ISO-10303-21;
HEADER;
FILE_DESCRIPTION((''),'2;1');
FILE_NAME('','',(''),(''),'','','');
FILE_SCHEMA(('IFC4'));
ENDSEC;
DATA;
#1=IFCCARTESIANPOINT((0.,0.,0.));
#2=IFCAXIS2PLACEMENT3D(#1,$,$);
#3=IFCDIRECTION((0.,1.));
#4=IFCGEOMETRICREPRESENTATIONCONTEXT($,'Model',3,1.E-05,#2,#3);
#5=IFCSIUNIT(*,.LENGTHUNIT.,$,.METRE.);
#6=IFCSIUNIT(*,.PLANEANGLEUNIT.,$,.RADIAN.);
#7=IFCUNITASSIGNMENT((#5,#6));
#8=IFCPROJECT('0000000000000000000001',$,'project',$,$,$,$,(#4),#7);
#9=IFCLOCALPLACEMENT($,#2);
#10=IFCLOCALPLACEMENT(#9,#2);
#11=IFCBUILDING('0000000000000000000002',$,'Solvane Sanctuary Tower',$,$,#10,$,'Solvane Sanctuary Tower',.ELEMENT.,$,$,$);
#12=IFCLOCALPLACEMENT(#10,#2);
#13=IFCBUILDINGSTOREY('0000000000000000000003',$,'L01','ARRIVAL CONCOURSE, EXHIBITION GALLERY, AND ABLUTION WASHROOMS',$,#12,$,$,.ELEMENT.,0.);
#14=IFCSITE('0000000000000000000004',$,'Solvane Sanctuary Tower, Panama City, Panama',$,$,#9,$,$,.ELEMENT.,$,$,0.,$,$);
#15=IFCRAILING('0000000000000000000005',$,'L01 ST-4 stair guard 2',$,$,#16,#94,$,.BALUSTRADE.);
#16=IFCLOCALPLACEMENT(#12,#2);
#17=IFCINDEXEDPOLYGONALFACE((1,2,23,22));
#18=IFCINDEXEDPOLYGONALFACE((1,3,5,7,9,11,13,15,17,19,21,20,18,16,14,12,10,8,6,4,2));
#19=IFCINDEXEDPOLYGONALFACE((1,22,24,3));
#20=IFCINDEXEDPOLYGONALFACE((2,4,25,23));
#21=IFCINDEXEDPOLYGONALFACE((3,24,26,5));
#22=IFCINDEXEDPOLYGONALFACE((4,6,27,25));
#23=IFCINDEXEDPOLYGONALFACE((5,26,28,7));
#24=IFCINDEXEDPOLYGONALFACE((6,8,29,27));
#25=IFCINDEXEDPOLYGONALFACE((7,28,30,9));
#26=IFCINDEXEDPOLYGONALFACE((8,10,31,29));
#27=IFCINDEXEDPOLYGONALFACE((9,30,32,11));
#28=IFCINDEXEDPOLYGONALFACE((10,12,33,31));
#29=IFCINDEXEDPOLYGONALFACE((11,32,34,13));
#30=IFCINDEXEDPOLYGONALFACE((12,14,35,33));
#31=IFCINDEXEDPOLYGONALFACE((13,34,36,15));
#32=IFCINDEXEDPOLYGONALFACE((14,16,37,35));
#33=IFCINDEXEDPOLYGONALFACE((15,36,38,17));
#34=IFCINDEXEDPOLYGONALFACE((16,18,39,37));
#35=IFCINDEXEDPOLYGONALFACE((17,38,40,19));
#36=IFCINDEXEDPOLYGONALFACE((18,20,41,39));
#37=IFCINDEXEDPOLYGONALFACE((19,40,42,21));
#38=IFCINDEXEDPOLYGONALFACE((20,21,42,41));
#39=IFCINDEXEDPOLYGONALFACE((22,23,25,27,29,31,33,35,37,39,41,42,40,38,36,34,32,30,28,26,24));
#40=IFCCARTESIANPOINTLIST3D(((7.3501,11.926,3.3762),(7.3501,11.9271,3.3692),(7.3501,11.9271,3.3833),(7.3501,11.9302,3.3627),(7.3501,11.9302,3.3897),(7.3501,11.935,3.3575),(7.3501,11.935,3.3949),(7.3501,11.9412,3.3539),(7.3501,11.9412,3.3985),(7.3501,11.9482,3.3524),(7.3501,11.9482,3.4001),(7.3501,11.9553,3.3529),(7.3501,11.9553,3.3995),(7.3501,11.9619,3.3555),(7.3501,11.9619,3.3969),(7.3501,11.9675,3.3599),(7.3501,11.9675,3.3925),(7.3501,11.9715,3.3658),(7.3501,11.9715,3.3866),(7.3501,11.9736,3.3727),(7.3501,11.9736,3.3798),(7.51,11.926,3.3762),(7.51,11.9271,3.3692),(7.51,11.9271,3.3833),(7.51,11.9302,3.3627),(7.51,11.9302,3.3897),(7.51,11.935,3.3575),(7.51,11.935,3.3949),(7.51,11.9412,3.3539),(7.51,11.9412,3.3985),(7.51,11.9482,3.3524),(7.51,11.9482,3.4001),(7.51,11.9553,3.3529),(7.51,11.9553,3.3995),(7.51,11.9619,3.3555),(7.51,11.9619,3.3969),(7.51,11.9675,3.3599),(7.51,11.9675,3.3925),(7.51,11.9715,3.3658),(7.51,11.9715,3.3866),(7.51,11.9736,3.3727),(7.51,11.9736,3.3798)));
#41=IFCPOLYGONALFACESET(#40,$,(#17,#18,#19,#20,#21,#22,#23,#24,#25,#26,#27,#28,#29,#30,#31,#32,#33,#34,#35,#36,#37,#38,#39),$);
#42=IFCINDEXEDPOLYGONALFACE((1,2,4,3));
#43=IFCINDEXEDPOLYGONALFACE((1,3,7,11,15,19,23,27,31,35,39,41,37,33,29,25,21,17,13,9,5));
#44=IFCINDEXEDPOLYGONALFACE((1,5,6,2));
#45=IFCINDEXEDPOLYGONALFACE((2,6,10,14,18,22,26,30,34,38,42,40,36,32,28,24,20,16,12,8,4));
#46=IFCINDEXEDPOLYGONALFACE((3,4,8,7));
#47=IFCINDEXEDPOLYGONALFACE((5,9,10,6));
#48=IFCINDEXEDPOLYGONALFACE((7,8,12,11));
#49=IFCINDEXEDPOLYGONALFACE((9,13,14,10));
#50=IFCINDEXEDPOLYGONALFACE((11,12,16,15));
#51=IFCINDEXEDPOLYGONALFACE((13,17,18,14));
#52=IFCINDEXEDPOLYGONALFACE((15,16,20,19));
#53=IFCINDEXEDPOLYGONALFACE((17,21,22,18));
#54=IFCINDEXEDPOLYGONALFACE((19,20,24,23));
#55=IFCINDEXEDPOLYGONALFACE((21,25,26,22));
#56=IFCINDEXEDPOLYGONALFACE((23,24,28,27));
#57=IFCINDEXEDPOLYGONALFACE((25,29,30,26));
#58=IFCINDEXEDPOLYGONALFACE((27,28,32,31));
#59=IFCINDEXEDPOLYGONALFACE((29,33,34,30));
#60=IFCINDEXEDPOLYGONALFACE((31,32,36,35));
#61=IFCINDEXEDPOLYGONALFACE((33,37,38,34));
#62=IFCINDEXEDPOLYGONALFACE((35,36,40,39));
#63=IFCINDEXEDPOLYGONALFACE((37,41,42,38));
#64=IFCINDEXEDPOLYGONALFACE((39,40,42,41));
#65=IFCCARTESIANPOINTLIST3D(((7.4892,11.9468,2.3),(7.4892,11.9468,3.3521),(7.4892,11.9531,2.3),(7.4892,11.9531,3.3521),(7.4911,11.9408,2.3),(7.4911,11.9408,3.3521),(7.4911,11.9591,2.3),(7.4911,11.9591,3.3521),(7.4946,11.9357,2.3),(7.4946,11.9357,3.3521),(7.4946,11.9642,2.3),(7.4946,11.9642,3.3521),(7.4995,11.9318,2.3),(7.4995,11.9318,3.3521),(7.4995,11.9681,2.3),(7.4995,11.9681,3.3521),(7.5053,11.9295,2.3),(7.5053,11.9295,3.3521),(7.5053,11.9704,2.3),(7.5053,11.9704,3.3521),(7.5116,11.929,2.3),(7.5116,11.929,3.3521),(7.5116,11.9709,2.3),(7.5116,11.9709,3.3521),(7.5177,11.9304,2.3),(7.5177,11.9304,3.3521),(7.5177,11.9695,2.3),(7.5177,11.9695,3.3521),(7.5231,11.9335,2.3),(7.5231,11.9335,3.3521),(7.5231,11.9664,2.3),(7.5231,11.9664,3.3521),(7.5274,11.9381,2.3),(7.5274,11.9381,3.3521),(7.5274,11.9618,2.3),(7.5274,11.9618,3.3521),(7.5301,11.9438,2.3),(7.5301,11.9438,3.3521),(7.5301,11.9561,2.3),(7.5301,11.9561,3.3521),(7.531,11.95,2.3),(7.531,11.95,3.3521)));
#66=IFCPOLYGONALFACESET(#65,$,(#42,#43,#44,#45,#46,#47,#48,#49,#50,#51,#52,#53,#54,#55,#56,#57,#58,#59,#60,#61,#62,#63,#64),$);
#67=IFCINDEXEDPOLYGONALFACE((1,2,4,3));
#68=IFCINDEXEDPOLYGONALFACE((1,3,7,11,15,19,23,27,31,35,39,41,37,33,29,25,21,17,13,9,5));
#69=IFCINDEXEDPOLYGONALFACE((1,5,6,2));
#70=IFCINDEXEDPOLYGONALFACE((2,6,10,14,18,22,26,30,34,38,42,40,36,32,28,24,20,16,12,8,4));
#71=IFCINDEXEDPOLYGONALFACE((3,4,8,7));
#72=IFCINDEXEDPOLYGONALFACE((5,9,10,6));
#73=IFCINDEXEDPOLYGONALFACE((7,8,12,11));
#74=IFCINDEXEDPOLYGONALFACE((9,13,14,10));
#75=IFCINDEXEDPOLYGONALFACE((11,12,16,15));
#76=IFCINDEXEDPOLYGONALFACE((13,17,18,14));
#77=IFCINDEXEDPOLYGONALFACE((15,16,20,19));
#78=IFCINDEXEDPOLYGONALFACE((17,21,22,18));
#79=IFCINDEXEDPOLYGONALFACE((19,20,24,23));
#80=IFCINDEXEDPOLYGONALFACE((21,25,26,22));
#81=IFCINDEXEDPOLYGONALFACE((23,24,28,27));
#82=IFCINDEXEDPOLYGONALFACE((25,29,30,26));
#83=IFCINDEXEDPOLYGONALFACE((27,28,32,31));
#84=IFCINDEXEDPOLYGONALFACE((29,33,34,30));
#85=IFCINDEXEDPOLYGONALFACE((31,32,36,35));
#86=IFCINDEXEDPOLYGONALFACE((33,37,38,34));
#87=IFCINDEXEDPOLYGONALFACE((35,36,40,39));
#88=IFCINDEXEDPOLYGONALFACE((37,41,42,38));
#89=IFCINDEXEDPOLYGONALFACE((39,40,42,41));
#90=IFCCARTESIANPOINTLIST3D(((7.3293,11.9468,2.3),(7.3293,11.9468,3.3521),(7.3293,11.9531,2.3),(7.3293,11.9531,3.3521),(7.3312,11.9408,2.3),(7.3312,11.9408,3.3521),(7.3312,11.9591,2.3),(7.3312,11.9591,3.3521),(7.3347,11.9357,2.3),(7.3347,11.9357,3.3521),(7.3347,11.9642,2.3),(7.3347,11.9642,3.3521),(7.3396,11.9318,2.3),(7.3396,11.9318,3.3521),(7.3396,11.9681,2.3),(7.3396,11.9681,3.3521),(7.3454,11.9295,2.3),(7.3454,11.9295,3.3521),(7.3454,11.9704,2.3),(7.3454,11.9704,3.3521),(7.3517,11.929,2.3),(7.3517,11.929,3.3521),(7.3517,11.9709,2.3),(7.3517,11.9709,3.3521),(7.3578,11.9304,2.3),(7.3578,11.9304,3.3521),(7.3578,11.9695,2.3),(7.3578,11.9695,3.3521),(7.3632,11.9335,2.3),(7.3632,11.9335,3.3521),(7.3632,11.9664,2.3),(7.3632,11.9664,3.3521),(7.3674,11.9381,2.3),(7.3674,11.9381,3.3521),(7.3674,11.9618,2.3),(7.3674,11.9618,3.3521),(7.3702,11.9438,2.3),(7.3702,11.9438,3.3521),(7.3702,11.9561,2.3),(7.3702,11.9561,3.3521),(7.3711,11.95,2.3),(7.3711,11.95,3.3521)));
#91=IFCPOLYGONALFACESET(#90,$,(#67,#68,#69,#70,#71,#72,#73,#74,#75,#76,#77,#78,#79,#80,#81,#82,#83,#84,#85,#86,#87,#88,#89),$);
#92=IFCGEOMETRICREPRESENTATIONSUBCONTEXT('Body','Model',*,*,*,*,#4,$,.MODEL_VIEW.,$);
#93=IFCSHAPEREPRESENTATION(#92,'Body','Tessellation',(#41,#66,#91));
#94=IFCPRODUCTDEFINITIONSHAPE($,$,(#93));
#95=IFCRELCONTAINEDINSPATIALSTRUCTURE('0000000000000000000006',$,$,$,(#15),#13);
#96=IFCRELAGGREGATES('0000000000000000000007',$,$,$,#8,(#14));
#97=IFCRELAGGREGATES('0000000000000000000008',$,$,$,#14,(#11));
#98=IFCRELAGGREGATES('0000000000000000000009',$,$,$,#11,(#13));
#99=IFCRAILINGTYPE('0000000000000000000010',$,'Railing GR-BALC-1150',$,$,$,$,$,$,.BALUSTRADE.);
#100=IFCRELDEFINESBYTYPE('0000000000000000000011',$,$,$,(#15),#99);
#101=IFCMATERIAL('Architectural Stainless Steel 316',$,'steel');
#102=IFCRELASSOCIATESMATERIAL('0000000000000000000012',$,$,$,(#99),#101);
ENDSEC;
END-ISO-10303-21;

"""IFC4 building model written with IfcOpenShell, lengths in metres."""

from ifc_helpers import new_model, si_unit, direction, frame, origin, origin_2d, place, context, subcontext, project, spatial, circle, extrude, material, type_object, element, save


model = new_model("IFC4")

# Units and contexts
model_context = context("Model", 3, precision=1e-05, world=origin(), true_north=direction((0.0, 1.0)))
body_context = subcontext(model_context, "Body", "Model", "MODEL_VIEW")
ifc_project = project(units=[si_unit("LENGTHUNIT", "METRE"), si_unit("PLANEANGLEUNIT", "RADIAN")], contexts=[model_context])

# Site, building, storey
site_placement = place(None, origin())
site = spatial("IfcSite", under=ifc_project, at=site_placement, Name="Solvane Sanctuary Tower, Panama City, Panama", CompositionType="ELEMENT", RefElevation=0.0)
building_placement = place(site_placement, origin())
building = spatial("IfcBuilding", under=site, at=building_placement, Name="Solvane Sanctuary Tower", LongName="Solvane Sanctuary Tower", CompositionType="ELEMENT")
storey_placement = place(building_placement, origin())
storey = spatial("IfcBuildingStorey", under=building, at=storey_placement, Name="L01", Description="ARRIVAL CONCOURSE, EXHIBITION GALLERY, AND ABLUTION WASHROOMS", CompositionType="ELEMENT", Elevation=0.0)

# Shared definitions
ifc_material_1 = material(Name="Architectural Stainless Steel 316", Category="steel")

# Railing
railing_type_1 = type_object("IfcRailingType", Name="Railing GR-BALC-1150", PredefinedType="BALUSTRADE", material=ifc_material_1)
railing_1_placement = place(storey_placement, frame((7.51, 11.95, 2.3)))
element("IfcRailing", 1, at=railing_1_placement, inside=storey, type_object=railing_type_1, Name="L01 ST-4 stair guard 2", PredefinedType="BALUSTRADE", context=body_context, shape_type="SweptSolid", body=[
    extrude(circle(Radius=0.0239, at=origin_2d()), frame((0.0, 0.0, 1.0762), z_axis=(-1.0, 0.0, 0.0), x_axis=(0.0, -1.0, 0.0)), (0.0, 0.0, 1.0), 0.1599),
    extrude(circle(Radius=0.021, at=origin_2d()), origin(), (0.0, 0.0, 1.0), 1.052),
    extrude(circle(Radius=0.021, at=origin_2d()), frame((-0.1599, 0.0, 0.0)), (0.0, 0.0, 1.0), 1.052),
])

save(model, "model.ifc")
